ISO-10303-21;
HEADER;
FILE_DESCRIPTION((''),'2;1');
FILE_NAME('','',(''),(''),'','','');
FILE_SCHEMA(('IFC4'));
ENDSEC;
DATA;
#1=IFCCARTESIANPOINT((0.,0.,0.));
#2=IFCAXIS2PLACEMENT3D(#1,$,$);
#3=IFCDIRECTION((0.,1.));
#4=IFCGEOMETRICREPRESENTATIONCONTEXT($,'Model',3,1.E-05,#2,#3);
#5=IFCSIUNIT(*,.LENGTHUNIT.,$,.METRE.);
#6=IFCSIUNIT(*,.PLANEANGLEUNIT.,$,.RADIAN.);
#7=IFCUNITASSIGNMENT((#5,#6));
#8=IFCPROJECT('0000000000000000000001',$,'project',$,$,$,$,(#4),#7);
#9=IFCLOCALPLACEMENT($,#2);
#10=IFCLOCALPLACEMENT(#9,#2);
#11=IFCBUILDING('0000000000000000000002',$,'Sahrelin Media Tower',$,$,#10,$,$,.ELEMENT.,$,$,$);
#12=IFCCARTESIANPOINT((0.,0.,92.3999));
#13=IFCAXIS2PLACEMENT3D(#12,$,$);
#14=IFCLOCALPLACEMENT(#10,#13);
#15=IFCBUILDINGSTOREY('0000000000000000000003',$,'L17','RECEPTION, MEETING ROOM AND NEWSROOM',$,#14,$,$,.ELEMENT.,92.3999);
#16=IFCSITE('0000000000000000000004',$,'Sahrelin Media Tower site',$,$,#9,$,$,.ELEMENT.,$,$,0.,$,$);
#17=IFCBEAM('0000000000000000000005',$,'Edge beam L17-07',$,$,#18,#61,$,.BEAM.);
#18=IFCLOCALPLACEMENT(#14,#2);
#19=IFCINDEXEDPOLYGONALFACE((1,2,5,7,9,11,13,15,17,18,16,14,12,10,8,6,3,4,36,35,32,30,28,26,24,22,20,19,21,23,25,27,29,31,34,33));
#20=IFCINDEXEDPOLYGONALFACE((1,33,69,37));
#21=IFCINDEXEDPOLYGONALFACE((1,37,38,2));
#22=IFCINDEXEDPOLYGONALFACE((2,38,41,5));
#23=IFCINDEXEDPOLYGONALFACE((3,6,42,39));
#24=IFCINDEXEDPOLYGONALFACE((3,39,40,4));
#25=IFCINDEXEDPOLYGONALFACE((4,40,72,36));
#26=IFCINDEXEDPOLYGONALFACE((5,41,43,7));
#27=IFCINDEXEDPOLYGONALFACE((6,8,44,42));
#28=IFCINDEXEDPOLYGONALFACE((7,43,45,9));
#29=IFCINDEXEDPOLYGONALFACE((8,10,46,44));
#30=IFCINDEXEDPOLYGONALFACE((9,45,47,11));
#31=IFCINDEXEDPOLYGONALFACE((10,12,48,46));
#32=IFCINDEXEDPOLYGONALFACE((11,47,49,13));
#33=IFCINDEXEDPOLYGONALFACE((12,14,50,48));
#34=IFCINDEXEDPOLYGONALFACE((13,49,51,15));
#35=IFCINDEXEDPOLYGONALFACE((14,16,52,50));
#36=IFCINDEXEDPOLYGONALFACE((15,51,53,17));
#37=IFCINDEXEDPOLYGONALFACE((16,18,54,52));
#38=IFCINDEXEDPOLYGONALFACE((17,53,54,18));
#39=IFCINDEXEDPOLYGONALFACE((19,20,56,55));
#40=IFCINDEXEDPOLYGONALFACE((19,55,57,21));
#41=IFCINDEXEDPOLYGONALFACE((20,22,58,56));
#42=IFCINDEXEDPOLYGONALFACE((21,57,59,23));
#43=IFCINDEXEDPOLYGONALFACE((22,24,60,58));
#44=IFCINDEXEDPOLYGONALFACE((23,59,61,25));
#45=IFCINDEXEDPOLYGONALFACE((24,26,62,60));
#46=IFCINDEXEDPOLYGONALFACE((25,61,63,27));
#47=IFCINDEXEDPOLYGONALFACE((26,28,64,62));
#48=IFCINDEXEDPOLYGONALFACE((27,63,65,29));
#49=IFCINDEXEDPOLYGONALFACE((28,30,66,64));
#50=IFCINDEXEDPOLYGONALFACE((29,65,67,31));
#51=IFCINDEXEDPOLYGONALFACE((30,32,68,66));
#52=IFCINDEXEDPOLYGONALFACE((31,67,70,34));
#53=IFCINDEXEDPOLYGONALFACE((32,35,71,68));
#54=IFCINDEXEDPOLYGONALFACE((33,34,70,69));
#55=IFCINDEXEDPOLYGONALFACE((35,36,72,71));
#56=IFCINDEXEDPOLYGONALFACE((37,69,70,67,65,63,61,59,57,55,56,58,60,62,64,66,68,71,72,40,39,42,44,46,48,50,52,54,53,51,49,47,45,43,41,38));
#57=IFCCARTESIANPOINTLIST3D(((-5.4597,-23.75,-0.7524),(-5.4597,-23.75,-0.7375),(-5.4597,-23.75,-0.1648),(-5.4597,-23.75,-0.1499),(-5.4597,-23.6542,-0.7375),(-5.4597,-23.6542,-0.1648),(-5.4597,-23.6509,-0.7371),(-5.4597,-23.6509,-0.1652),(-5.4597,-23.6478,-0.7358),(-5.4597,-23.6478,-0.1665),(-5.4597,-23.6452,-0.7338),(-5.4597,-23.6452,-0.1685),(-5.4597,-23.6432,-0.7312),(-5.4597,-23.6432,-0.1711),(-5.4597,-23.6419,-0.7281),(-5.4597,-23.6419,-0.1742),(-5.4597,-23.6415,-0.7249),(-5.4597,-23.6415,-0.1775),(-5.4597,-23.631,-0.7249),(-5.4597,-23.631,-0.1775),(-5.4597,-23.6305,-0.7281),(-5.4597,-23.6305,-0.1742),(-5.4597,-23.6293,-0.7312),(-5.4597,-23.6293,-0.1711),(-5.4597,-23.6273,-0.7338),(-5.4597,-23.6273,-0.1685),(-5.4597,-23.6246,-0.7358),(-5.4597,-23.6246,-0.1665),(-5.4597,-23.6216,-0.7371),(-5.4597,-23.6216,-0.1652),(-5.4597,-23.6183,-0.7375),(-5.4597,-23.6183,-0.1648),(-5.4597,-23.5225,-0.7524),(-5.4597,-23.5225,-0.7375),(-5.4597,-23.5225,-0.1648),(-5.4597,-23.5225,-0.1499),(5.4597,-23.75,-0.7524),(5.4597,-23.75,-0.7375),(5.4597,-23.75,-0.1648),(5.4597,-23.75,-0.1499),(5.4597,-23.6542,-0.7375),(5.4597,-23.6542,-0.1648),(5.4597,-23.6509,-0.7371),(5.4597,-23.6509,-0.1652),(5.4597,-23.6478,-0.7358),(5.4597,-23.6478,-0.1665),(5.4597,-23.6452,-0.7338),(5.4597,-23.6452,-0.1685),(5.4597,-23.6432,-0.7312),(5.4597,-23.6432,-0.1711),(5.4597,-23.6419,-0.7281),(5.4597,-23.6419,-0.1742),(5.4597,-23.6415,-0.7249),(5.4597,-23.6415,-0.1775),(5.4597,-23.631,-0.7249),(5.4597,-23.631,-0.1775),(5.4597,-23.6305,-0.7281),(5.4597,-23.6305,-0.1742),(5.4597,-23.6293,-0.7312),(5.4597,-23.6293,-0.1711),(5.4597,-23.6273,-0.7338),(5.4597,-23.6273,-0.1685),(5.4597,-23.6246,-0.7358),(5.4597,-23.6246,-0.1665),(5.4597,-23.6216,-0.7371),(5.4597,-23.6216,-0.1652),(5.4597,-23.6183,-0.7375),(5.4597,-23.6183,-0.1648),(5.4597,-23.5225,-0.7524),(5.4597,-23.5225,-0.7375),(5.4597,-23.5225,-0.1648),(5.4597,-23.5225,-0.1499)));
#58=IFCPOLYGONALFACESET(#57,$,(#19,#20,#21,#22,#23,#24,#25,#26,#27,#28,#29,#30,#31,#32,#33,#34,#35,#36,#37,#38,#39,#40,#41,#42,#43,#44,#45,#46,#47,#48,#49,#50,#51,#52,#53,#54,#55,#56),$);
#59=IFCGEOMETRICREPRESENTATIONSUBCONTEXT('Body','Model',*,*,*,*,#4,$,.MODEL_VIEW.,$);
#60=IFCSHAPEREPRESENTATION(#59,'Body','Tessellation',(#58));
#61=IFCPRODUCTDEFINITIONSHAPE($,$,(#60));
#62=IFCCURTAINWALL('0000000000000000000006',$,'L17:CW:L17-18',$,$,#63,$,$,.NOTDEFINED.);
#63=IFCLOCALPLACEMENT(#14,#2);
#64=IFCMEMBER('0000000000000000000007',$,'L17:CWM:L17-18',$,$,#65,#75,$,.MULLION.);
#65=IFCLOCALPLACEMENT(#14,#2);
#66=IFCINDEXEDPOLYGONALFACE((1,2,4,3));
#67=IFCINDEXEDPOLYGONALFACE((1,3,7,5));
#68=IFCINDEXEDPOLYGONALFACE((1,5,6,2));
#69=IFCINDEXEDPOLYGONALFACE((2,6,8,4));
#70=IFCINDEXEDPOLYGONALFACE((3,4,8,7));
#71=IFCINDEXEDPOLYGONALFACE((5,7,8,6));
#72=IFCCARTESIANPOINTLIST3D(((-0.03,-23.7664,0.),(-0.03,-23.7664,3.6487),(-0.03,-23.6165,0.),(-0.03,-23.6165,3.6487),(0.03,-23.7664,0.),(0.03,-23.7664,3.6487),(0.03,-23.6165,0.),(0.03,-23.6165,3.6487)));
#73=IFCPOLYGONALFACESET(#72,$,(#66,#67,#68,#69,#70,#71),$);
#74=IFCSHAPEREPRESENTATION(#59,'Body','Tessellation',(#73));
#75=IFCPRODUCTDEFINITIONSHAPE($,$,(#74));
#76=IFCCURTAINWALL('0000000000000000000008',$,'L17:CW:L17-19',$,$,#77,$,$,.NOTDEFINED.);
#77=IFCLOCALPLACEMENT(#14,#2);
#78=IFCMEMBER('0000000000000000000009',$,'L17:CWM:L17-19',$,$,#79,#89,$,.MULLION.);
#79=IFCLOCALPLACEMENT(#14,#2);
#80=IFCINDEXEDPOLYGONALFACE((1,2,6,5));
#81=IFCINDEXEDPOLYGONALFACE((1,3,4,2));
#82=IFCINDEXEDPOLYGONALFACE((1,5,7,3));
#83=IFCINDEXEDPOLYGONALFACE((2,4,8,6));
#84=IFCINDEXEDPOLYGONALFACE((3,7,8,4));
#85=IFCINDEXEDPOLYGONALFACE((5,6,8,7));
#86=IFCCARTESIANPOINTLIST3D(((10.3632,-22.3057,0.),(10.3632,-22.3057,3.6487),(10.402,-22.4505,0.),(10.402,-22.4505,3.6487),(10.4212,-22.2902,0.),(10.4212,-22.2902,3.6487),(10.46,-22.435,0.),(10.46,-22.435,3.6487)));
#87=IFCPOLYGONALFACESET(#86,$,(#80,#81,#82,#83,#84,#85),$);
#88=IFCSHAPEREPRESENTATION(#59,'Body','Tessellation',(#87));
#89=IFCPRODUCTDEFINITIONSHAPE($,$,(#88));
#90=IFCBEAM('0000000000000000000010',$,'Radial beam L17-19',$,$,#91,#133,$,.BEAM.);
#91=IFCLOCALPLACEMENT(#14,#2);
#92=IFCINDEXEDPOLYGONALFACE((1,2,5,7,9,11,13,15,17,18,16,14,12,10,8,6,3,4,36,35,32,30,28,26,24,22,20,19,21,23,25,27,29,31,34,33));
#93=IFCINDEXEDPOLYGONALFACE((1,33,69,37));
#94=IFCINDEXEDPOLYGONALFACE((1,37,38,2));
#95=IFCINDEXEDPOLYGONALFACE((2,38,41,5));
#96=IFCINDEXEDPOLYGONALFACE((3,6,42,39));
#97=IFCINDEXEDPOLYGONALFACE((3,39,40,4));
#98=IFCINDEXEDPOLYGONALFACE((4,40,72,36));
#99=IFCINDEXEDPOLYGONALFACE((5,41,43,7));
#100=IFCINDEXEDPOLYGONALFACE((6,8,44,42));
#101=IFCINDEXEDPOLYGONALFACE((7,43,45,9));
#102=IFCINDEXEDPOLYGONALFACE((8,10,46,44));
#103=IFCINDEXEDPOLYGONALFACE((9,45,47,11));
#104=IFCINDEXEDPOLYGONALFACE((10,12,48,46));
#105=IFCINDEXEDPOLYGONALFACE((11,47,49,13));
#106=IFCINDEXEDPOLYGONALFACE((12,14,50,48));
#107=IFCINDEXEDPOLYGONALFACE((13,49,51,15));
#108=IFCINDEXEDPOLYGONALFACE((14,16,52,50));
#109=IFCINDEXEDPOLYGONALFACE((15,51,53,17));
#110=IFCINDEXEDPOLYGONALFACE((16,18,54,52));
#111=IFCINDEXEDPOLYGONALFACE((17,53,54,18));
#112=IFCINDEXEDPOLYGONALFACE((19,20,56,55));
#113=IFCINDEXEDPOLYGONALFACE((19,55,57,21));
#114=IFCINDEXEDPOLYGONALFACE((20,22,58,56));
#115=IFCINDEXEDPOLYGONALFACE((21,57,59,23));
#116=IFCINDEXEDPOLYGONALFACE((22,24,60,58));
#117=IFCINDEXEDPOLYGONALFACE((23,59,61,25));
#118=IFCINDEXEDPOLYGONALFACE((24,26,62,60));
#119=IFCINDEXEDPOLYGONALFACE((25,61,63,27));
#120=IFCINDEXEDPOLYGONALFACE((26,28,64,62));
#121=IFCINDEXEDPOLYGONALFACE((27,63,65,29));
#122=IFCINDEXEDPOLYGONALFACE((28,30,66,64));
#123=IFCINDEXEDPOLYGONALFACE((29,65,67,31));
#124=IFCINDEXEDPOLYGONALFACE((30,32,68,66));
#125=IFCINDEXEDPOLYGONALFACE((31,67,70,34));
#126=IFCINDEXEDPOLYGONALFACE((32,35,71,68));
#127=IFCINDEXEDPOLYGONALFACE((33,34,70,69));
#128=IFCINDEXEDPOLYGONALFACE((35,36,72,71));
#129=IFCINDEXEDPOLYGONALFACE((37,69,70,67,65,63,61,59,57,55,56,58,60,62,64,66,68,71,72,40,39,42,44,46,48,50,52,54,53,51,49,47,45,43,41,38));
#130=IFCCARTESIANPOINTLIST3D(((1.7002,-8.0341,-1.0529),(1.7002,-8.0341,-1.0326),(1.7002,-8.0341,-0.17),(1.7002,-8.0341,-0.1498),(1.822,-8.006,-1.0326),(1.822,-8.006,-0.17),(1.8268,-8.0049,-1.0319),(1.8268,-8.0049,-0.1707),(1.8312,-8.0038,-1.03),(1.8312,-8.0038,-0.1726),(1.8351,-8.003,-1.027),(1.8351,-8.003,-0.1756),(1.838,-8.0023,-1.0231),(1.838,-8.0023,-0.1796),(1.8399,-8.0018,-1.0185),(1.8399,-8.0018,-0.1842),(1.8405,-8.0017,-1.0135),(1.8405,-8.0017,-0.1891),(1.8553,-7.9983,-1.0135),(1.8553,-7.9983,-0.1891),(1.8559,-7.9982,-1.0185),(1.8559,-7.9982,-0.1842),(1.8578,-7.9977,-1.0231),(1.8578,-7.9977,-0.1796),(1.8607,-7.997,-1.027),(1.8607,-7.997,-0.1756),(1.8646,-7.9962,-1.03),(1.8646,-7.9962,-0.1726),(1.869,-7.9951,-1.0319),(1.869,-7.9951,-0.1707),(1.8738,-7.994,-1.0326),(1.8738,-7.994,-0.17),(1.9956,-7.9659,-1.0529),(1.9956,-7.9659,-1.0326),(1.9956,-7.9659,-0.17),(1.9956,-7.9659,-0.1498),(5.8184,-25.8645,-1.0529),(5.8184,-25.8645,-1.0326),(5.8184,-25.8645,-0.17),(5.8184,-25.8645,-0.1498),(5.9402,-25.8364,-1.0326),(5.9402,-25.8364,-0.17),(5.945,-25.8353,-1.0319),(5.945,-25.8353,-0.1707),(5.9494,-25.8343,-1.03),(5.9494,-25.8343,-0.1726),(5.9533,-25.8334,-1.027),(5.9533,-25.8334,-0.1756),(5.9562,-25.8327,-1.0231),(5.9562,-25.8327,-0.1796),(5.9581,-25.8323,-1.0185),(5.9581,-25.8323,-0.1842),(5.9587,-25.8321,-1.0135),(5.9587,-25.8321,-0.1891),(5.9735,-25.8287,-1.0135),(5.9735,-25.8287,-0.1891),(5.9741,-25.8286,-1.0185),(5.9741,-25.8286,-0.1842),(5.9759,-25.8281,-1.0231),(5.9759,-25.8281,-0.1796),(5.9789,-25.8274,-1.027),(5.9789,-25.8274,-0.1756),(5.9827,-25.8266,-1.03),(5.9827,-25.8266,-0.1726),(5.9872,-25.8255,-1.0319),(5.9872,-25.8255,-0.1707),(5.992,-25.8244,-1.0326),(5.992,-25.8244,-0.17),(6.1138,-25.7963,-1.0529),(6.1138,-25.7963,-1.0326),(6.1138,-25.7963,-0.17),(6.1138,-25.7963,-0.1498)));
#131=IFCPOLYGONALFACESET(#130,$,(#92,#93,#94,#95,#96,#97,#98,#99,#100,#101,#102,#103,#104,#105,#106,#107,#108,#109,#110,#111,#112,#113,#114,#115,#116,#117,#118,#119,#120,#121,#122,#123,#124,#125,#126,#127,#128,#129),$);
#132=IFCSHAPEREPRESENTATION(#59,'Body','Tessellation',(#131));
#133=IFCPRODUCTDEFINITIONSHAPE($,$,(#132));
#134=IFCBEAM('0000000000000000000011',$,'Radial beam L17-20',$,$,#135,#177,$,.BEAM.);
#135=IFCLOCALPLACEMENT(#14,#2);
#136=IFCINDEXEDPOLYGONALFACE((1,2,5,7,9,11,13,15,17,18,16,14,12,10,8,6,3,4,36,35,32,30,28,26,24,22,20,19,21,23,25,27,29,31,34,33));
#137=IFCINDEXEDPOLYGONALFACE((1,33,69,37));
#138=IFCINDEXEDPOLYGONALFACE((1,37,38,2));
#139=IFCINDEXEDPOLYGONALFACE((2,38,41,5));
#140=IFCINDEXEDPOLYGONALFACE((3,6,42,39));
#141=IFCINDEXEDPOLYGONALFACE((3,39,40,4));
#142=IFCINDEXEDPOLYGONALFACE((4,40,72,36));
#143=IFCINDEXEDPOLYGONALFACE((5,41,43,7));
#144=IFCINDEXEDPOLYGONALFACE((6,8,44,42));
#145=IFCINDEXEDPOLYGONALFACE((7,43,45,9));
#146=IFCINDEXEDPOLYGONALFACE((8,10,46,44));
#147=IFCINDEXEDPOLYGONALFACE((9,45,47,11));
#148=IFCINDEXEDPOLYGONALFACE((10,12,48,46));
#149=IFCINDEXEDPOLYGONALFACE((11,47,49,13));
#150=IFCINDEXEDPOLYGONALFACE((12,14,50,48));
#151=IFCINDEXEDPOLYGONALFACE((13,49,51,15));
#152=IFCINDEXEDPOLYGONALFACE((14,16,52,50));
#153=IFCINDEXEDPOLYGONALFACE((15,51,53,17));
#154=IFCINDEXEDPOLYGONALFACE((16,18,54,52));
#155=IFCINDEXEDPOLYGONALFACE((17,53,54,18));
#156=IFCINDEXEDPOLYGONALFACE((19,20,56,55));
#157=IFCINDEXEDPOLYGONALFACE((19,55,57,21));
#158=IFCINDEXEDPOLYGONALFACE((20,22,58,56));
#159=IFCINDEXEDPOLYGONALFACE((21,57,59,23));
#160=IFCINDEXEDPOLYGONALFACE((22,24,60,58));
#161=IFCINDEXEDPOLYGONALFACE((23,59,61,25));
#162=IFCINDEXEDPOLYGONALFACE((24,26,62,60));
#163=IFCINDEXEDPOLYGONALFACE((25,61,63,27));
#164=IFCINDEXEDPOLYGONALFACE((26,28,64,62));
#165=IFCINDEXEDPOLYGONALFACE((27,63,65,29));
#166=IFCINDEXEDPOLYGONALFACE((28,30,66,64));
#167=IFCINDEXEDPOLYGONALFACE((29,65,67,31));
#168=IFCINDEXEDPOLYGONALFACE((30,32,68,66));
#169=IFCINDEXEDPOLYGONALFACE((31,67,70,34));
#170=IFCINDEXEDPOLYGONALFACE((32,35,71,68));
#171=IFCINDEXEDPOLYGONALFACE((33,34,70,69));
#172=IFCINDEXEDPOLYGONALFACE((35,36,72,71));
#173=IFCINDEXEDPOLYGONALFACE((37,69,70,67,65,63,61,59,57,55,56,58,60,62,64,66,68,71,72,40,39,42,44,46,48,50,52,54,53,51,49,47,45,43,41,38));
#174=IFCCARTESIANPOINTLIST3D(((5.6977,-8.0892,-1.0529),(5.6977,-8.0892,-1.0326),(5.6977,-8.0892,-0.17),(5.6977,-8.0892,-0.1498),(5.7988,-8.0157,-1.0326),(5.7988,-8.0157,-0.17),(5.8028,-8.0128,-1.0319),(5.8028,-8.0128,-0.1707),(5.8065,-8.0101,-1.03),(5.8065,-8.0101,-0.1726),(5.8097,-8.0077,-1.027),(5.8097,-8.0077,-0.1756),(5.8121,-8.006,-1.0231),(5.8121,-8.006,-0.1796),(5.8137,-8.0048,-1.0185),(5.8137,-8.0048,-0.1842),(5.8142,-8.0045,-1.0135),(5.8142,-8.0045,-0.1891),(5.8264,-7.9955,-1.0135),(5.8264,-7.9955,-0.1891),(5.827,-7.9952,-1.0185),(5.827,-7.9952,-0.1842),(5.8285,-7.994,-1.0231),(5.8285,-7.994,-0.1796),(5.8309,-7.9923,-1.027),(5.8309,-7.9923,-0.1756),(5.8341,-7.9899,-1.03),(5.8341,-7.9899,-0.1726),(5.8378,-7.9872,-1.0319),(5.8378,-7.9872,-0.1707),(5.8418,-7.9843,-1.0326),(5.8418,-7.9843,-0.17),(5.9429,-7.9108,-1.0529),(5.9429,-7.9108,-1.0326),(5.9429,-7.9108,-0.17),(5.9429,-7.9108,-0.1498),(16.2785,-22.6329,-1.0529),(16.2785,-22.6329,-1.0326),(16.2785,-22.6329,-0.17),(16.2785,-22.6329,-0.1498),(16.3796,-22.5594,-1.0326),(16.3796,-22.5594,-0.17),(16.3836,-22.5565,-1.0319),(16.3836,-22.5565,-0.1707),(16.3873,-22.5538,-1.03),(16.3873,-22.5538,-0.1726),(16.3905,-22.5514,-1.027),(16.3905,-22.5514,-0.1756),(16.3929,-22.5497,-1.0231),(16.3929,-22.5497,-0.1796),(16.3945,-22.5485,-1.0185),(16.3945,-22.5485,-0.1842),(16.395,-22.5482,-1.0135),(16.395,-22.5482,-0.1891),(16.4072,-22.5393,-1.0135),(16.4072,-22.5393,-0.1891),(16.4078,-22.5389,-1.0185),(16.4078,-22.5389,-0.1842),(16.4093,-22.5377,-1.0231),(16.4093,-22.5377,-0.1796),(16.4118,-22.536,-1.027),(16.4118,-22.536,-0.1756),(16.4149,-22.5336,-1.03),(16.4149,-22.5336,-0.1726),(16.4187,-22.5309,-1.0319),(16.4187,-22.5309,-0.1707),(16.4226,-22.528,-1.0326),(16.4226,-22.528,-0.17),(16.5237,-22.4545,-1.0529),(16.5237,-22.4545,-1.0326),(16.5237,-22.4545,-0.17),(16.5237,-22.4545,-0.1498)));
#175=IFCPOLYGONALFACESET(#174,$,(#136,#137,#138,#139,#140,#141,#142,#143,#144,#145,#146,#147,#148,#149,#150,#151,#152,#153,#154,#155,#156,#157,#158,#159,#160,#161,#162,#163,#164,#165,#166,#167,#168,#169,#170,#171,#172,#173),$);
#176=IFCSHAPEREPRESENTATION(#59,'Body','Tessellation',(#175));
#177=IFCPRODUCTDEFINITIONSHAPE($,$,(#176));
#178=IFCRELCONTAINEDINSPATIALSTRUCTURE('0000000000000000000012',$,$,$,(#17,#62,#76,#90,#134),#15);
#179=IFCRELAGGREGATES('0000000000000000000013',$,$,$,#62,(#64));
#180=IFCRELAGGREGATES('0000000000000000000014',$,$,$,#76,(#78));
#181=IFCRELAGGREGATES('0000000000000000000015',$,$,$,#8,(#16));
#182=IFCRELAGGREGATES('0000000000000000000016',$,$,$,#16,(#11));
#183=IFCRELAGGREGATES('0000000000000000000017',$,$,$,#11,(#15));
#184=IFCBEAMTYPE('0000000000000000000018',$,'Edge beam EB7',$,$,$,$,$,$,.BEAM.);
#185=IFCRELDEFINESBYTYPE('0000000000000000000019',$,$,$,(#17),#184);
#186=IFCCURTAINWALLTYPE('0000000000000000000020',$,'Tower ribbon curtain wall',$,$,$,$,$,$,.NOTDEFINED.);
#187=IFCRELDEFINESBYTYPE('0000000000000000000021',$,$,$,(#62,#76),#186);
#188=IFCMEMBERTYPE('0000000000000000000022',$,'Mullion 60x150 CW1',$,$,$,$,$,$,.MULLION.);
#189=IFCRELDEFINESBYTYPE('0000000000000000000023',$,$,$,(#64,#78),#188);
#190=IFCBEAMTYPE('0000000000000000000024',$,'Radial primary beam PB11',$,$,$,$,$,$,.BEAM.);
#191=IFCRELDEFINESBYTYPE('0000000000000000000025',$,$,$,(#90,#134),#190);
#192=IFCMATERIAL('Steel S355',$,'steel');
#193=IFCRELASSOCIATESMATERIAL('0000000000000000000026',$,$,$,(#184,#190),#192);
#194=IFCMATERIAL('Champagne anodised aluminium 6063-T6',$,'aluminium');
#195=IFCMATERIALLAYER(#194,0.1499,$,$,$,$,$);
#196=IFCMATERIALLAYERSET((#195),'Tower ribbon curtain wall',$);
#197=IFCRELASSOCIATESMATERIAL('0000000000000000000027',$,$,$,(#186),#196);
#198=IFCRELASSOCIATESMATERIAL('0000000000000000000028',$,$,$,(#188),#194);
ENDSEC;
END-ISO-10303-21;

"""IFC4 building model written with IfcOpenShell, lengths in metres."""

from ifc_helpers import new_model, si_unit, direction, frame, origin, origin_2d, place, context, subcontext, project, spatial, rectangle, i_section, extrude, material, layer, layer_set, material_profile, profile_set, type_object, element, aggregate, save


model = new_model("IFC4")

# Units and contexts
model_context = context("Model", 3, precision=1e-05, world=origin(), true_north=direction((0.0, 1.0)))
body_context = subcontext(model_context, "Body", "Model", "MODEL_VIEW")
ifc_project = project(units=[si_unit("LENGTHUNIT", "METRE"), si_unit("PLANEANGLEUNIT", "RADIAN")], contexts=[model_context])

# Site, building, storey
site_placement = place(None, origin())
site = spatial("IfcSite", under=ifc_project, at=site_placement, Name="Sahrelin Media Tower site", CompositionType="ELEMENT", RefElevation=0.0)
building_placement = place(site_placement, origin())
building = spatial("IfcBuilding", under=site, at=building_placement, Name="Sahrelin Media Tower", CompositionType="ELEMENT")
storey_placement = place(building_placement, frame((0.0, 0.0, 92.3999)))
storey = spatial("IfcBuildingStorey", under=building, at=storey_placement, Name="L17", Description="RECEPTION, MEETING ROOM AND NEWSROOM", CompositionType="ELEMENT", Elevation=92.3999)

# Beam
ifc_material_1 = material(Name="Steel S355", Category="steel")
ifc_material_profile_1 = material_profile(ifc_material_1, i_section(OverallWidth=0.2275, OverallDepth=0.6025, WebThickness=0.0105, FlangeThickness=0.0149, FilletRadius=0.0127, at=origin_2d()), Name="UB 610x229x101")
ifc_profile_set_1 = profile_set([ifc_material_profile_1], Name="Steel S355")
beam_type_1 = type_object("IfcBeamType", Name="Edge beam EB7", PredefinedType="BEAM", material=ifc_profile_set_1)
beam_1_placement = place(storey_placement, frame((5.4597, -23.6362, -0.4512), z_axis=(-1.0, 0.0, 0.0), x_axis=(0.0, -1.0, 0.0)))
element("IfcBeam", 1, at=beam_1_placement, inside=storey, type_object=beam_type_1, Name="Edge beam L17-07", PredefinedType="BEAM", context=body_context, shape_type="SweptSolid", body=[
    extrude(i_section(OverallWidth=0.2275, OverallDepth=0.6025, WebThickness=0.0105, FlangeThickness=0.0149, FilletRadius=0.0127, at=origin_2d()), origin(), (0.0, 0.0, 1.0), 10.9194),
])

# Curtain walls, members
ifc_material_2 = material(Name="Champagne anodised aluminium 6063-T6", Category="aluminium")
ifc_layer_1 = layer(ifc_material_2, 0.1499)
ifc_layer_set_1 = layer_set([ifc_layer_1], Name="Tower ribbon curtain wall")
curtain_wall_type = type_object("IfcCurtainWallType", Name="Tower ribbon curtain wall", PredefinedType="NOTDEFINED", material=ifc_layer_set_1)
curtain_wall_1_placement = place(storey_placement, frame((0.0, -23.7864, 0.0), z_axis=(0.0, 0.0, 1.0), x_axis=(1.0, 0.0, 0.0)))
curtain_wall_1 = element("IfcCurtainWall", 2, at=curtain_wall_1_placement, inside=storey, type_object=curtain_wall_type, Name="L17:CW:L17-18", PredefinedType="NOTDEFINED")
ifc_material_profile_2 = material_profile(ifc_material_2, rectangle(XDim=0.0601, YDim=0.1499, at=origin_2d()), Name="Mullion 60x150")
ifc_profile_set_2 = profile_set([ifc_material_profile_2], Name="Champagne anodised aluminium 6063-T6")
member_type_1 = type_object("IfcMemberType", Name="Mullion 60x150 CW1", PredefinedType="MULLION", material=ifc_profile_set_2)
member_1_placement = place(storey_placement, frame((0.0, -23.6914, 0.0), z_axis=(0.0, 0.0, 1.0), x_axis=(1.0, 0.0, 0.0)))
member_1 = element("IfcMember", 3, at=member_1_placement, type_object=member_type_1, Name="L17:CWM:L17-18", PredefinedType="MULLION", context=body_context, shape_type="SweptSolid", body=[
    extrude(rectangle(XDim=0.0601, YDim=0.1499, at=origin_2d()), origin(), (0.0, 0.0, 1.0), 3.6487),
])
aggregate(curtain_wall_1, [member_1])
curtain_wall_2_placement = place(storey_placement, frame((10.4363, -22.4622, 0.0), z_axis=(0.0, 0.0, 1.0), x_axis=(1.0, 0.0, 0.0)))
curtain_wall_2 = element("IfcCurtainWall", 4, at=curtain_wall_2_placement, inside=storey, type_object=curtain_wall_type, Name="L17:CW:L17-19", PredefinedType="NOTDEFINED")
member_2_placement = place(storey_placement, frame((10.4116, -22.3704, 0.0), z_axis=(0.0, 0.0, 1.0), x_axis=(0.965926, 0.258817, 0.0)))
member_2 = element("IfcMember", 5, at=member_2_placement, type_object=member_type_1, Name="L17:CWM:L17-19", PredefinedType="MULLION", context=body_context, shape_type="SweptSolid", body=[
    extrude(rectangle(XDim=0.0601, YDim=0.1499, at=origin_2d()), origin(), (0.0, 0.0, 1.0), 3.6487),
])

# Beams
ifc_material_profile_3 = material_profile(ifc_material_1, i_section(OverallWidth=0.3032, OverallDepth=0.9031, WebThickness=0.0151, FlangeThickness=0.0203, FilletRadius=0.019, at=origin_2d()), Name="UB 914x305x201")
ifc_profile_set_3 = profile_set([ifc_material_profile_3], Name="Steel S355")
beam_type_2 = type_object("IfcBeamType", Name="Radial primary beam PB11", PredefinedType="BEAM", material=ifc_profile_set_3)
beam_2_placement = place(storey_placement, frame((1.8479, -8.0, -0.6013), z_axis=(0.22504, -0.97435, 0.0), x_axis=(0.97435, 0.22504, 0.0)))
element("IfcBeam", 6, at=beam_2_placement, inside=storey, type_object=beam_type_2, Name="Radial beam L17-19", PredefinedType="BEAM", context=body_context, shape_type="SweptSolid", body=[
    extrude(i_section(OverallWidth=0.3032, OverallDepth=0.9031, WebThickness=0.0151, FlangeThickness=0.0203, FilletRadius=0.019, at=origin_2d()), origin(), (0.0, 0.0, 1.0), 18.2998),
])
beam_3_placement = place(storey_placement, frame((5.8203, -8.0, -0.6013), z_axis=(0.588302, -0.808642, 0.0), x_axis=(0.808642, 0.588302, 0.0)))
element("IfcBeam", 7, at=beam_3_placement, inside=storey, type_object=beam_type_2, Name="Radial beam L17-20", PredefinedType="BEAM", context=body_context, shape_type="SweptSolid", body=[
    extrude(i_section(OverallWidth=0.3032, OverallDepth=0.9031, WebThickness=0.0151, FlangeThickness=0.0203, FilletRadius=0.019, at=origin_2d()), origin(), (0.0, 0.0, 1.0), 17.9854),
])

aggregate(curtain_wall_2, [member_2])

save(model, "model.ifc")
